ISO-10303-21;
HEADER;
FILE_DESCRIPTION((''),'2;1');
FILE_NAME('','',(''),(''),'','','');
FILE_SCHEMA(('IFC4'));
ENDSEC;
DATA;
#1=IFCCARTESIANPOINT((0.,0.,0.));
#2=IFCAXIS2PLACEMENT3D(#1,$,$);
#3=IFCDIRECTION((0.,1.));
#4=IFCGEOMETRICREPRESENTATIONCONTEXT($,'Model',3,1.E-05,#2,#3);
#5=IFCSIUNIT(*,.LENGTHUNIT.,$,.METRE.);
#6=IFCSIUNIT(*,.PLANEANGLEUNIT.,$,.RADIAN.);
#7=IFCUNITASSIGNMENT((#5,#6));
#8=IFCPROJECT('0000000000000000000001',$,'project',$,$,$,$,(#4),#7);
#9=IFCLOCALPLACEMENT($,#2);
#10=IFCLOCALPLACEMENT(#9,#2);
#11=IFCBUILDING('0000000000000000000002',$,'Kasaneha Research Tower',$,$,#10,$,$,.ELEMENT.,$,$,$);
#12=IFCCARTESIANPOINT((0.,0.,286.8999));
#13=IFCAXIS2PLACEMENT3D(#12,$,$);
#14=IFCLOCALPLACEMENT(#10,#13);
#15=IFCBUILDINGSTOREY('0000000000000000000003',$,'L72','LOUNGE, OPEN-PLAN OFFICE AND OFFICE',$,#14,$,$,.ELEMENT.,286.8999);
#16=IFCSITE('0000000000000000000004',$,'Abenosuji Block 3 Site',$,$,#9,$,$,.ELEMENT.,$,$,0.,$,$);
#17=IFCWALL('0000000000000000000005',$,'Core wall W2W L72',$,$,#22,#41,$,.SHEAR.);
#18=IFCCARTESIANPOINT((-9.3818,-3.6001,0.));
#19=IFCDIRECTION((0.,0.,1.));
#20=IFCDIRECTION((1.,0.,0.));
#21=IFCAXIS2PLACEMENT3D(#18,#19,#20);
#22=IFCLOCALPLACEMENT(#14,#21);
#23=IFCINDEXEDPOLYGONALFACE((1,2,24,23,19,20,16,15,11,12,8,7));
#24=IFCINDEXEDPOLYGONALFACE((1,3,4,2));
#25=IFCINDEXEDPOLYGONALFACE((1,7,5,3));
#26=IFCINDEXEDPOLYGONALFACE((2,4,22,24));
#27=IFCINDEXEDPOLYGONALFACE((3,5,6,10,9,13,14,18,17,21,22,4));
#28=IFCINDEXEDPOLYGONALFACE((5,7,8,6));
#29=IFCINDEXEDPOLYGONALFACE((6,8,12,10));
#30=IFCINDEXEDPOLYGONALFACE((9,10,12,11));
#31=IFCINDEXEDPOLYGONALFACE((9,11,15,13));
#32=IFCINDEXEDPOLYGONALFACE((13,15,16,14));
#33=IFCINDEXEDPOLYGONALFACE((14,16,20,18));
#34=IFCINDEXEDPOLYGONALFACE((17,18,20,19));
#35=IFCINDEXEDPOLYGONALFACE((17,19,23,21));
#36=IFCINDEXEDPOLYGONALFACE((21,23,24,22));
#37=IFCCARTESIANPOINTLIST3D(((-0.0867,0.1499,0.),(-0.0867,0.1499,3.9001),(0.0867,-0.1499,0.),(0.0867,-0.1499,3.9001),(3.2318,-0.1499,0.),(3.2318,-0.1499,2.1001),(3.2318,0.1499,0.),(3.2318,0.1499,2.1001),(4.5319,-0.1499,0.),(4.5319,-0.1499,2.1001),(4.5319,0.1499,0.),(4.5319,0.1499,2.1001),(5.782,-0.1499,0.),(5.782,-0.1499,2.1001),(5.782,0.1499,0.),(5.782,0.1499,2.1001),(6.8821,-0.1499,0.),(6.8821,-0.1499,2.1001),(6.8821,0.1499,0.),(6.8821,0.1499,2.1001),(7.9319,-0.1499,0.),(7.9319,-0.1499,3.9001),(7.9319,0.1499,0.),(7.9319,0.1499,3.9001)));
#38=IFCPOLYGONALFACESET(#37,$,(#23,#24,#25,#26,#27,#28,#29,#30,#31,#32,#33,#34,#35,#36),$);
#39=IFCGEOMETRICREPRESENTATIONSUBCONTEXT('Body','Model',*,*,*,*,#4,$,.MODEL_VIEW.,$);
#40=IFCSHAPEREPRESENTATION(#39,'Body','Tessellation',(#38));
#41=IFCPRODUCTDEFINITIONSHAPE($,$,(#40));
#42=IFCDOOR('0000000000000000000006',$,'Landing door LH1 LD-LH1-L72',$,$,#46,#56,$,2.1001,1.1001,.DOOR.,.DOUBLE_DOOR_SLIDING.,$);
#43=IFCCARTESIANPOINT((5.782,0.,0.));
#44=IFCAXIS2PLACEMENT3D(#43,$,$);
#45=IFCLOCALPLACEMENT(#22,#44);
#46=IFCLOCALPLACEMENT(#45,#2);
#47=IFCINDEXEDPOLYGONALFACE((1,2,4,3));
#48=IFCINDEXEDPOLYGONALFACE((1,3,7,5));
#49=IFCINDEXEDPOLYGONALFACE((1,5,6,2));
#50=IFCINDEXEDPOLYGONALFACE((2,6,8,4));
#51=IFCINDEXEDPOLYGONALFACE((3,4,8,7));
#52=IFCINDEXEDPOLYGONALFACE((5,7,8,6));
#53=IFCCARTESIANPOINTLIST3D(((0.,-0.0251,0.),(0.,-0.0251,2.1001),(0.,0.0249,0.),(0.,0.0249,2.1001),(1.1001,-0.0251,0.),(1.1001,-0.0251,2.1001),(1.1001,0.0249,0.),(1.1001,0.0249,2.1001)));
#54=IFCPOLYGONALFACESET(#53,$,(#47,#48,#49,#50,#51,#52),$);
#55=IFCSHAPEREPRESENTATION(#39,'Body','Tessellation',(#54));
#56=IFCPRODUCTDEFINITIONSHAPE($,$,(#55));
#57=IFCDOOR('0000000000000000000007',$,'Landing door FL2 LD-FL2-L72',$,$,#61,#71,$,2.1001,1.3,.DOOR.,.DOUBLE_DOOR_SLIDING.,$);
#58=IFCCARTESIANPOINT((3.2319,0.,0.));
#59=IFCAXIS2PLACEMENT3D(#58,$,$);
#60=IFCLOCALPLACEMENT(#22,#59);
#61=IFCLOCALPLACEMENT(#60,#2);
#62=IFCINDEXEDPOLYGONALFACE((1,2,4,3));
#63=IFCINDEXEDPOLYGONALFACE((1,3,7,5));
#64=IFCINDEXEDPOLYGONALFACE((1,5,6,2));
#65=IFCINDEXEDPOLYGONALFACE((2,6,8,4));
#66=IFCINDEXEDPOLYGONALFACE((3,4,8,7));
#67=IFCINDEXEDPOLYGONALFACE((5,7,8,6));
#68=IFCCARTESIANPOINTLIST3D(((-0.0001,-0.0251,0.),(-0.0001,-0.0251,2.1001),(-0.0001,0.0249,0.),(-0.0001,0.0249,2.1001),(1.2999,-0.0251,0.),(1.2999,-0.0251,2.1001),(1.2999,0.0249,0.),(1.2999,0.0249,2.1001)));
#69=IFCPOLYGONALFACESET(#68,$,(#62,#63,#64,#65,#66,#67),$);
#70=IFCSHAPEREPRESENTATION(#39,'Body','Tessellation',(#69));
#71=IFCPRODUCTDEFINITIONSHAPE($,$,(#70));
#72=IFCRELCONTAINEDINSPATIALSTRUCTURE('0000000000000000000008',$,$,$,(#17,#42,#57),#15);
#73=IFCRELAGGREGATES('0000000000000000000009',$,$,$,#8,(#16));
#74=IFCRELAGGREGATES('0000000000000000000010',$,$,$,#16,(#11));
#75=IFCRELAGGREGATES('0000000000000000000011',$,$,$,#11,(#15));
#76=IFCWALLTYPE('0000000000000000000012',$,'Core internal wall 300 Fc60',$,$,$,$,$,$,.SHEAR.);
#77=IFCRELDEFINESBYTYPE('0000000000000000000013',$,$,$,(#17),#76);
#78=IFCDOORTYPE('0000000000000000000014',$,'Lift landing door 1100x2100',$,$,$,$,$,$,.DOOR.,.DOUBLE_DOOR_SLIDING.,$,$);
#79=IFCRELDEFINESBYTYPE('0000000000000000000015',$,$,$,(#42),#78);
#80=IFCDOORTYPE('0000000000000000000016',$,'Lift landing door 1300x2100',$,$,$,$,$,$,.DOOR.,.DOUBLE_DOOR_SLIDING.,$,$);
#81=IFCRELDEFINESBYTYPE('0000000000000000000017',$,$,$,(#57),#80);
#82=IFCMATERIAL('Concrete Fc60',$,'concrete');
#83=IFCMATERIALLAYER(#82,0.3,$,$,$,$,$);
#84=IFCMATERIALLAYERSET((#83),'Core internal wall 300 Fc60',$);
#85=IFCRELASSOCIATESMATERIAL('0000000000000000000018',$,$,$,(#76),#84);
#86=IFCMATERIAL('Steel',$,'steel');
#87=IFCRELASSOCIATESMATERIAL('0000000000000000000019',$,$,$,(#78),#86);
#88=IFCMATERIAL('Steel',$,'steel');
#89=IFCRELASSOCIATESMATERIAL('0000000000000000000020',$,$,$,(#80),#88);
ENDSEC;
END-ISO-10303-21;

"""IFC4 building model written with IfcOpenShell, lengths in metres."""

from ifc_helpers import new_model, si_unit, direction, frame, frame_2d, origin, place, context, subcontext, project, spatial, polyline, rectangle, outline, extrude, material, layer, layer_set, type_object, element, fill, save


model = new_model("IFC4")

# Units and contexts
model_context = context("Model", 3, precision=1e-05, world=origin(), true_north=direction((0.0, 1.0)))
body_context = subcontext(model_context, "Body", "Model", "MODEL_VIEW")
ifc_project = project(units=[si_unit("LENGTHUNIT", "METRE"), si_unit("PLANEANGLEUNIT", "RADIAN")], contexts=[model_context])

# Site, building, storey
site_placement = place(None, origin())
site = spatial("IfcSite", under=ifc_project, at=site_placement, Name="Abenosuji Block 3 Site", CompositionType="ELEMENT", RefElevation=0.0)
building_placement = place(site_placement, origin())
building = spatial("IfcBuilding", under=site, at=building_placement, Name="Kasaneha Research Tower", CompositionType="ELEMENT")
storey_placement = place(building_placement, frame((0.0, 0.0, 286.8999)))
storey = spatial("IfcBuildingStorey", under=building, at=storey_placement, Name="L72", Description="LOUNGE, OPEN-PLAN OFFICE AND OFFICE", CompositionType="ELEMENT", Elevation=286.8999)

# Wall, openings, doors
ifc_material_1 = material(Name="Concrete Fc60", Category="concrete")
ifc_layer_1 = layer(ifc_material_1, 0.3)
ifc_layer_set_1 = layer_set([ifc_layer_1], Name="Core internal wall 300 Fc60")
wall_type_1 = type_object("IfcWallType", Name="Core internal wall 300 Fc60", PredefinedType="SHEAR", material=ifc_layer_set_1)
wall_1_placement = place(storey_placement, frame((-9.3818, -3.6001, 0.0), z_axis=(0.0, 0.0, 1.0), x_axis=(1.0, 0.0, 0.0)))
wall_1 = element("IfcWall", 1, at=wall_1_placement, inside=storey, type_object=wall_type_1, Name="Core wall W2W L72", PredefinedType="SHEAR", context=body_context, shape_type="SweptSolid", body=[
    extrude(outline(polyline([(0.0867, -0.1499), (3.2319, -0.1499), (4.532, -0.1499), (5.782, -0.1499), (6.8821, -0.1499), (7.9319, -0.1499), (7.9319, 0.1499), (6.8821, 0.1499), (5.782, 0.1499), (4.532, 0.1499), (3.2319, 0.1499), (-0.0867, 0.1499), (0.0867, -0.1499)])), origin(), (0.0, 0.0, 1.0), 3.9001),
])
opening_1_placement = place(wall_1_placement, frame((5.782, 0.0, 0.0)))
opening_1 = element("IfcOpeningElement", 2, at=opening_1_placement, cuts=wall_1, PredefinedType="OPENING", context=body_context, shape_type="SweptSolid", body=[
    extrude(rectangle(XDim=1.1001, YDim=2.1001, at=frame_2d((0.55, 1.05))), frame((0.0, 0.1602, 0.0), z_axis=(0.0, -1.0, 0.0), x_axis=(1.0, 0.0, 0.0)), (0.0, 0.0, 1.0), 0.3201),
])
opening_2_placement = place(wall_1_placement, frame((3.2319, 0.0, 0.0)))
opening_2 = element("IfcOpeningElement", 3, at=opening_2_placement, cuts=wall_1, PredefinedType="OPENING", context=body_context, shape_type="SweptSolid", body=[
    extrude(rectangle(XDim=1.3, YDim=2.1001, at=frame_2d((0.6499, 1.05))), frame((0.0, 0.1602, 0.0), z_axis=(0.0, -1.0, 0.0), x_axis=(1.0, 0.0, 0.0)), (0.0, 0.0, 1.0), 0.3201),
])
ifc_material_2 = material(Name="Steel", Category="steel")
door_type_1 = type_object("IfcDoorType", Name="Lift landing door 1100x2100", OperationType="DOUBLE_DOOR_SLIDING", PredefinedType="DOOR", material=ifc_material_2)
door_1_placement = place(opening_1_placement, origin())
door_1 = element("IfcDoor", 4, at=door_1_placement, inside=storey, type_object=door_type_1, Name="Landing door LH1 LD-LH1-L72", OperationType="DOUBLE_DOOR_SLIDING", OverallHeight=2.1001, OverallWidth=1.1001, PredefinedType="DOOR", context=body_context, shape_type="SweptSolid", body=[
    extrude(rectangle(XDim=1.1001, YDim=2.1001, at=frame_2d((0.55, 1.05))), frame((0.0, 0.0249, 0.0), z_axis=(0.0, -1.0, 0.0), x_axis=(1.0, 0.0, 0.0)), (0.0, 0.0, 1.0), 0.05),
])
fill(opening_1, door_1)
ifc_material_3 = material(Name="Steel", Category="steel")
door_type_2 = type_object("IfcDoorType", Name="Lift landing door 1300x2100", OperationType="DOUBLE_DOOR_SLIDING", PredefinedType="DOOR", material=ifc_material_3)
door_2_placement = place(opening_2_placement, origin())
door_2 = element("IfcDoor", 5, at=door_2_placement, inside=storey, type_object=door_type_2, Name="Landing door FL2 LD-FL2-L72", OperationType="DOUBLE_DOOR_SLIDING", OverallHeight=2.1001, OverallWidth=1.3, PredefinedType="DOOR", context=body_context, shape_type="SweptSolid", body=[
    extrude(rectangle(XDim=1.3, YDim=2.1001, at=frame_2d((0.6499, 1.05))), frame((0.0, 0.0249, 0.0), z_axis=(0.0, -1.0, 0.0), x_axis=(1.0, 0.0, 0.0)), (0.0, 0.0, 1.0), 0.05),
])
fill(opening_2, door_2)

save(model, "model.ifc")
